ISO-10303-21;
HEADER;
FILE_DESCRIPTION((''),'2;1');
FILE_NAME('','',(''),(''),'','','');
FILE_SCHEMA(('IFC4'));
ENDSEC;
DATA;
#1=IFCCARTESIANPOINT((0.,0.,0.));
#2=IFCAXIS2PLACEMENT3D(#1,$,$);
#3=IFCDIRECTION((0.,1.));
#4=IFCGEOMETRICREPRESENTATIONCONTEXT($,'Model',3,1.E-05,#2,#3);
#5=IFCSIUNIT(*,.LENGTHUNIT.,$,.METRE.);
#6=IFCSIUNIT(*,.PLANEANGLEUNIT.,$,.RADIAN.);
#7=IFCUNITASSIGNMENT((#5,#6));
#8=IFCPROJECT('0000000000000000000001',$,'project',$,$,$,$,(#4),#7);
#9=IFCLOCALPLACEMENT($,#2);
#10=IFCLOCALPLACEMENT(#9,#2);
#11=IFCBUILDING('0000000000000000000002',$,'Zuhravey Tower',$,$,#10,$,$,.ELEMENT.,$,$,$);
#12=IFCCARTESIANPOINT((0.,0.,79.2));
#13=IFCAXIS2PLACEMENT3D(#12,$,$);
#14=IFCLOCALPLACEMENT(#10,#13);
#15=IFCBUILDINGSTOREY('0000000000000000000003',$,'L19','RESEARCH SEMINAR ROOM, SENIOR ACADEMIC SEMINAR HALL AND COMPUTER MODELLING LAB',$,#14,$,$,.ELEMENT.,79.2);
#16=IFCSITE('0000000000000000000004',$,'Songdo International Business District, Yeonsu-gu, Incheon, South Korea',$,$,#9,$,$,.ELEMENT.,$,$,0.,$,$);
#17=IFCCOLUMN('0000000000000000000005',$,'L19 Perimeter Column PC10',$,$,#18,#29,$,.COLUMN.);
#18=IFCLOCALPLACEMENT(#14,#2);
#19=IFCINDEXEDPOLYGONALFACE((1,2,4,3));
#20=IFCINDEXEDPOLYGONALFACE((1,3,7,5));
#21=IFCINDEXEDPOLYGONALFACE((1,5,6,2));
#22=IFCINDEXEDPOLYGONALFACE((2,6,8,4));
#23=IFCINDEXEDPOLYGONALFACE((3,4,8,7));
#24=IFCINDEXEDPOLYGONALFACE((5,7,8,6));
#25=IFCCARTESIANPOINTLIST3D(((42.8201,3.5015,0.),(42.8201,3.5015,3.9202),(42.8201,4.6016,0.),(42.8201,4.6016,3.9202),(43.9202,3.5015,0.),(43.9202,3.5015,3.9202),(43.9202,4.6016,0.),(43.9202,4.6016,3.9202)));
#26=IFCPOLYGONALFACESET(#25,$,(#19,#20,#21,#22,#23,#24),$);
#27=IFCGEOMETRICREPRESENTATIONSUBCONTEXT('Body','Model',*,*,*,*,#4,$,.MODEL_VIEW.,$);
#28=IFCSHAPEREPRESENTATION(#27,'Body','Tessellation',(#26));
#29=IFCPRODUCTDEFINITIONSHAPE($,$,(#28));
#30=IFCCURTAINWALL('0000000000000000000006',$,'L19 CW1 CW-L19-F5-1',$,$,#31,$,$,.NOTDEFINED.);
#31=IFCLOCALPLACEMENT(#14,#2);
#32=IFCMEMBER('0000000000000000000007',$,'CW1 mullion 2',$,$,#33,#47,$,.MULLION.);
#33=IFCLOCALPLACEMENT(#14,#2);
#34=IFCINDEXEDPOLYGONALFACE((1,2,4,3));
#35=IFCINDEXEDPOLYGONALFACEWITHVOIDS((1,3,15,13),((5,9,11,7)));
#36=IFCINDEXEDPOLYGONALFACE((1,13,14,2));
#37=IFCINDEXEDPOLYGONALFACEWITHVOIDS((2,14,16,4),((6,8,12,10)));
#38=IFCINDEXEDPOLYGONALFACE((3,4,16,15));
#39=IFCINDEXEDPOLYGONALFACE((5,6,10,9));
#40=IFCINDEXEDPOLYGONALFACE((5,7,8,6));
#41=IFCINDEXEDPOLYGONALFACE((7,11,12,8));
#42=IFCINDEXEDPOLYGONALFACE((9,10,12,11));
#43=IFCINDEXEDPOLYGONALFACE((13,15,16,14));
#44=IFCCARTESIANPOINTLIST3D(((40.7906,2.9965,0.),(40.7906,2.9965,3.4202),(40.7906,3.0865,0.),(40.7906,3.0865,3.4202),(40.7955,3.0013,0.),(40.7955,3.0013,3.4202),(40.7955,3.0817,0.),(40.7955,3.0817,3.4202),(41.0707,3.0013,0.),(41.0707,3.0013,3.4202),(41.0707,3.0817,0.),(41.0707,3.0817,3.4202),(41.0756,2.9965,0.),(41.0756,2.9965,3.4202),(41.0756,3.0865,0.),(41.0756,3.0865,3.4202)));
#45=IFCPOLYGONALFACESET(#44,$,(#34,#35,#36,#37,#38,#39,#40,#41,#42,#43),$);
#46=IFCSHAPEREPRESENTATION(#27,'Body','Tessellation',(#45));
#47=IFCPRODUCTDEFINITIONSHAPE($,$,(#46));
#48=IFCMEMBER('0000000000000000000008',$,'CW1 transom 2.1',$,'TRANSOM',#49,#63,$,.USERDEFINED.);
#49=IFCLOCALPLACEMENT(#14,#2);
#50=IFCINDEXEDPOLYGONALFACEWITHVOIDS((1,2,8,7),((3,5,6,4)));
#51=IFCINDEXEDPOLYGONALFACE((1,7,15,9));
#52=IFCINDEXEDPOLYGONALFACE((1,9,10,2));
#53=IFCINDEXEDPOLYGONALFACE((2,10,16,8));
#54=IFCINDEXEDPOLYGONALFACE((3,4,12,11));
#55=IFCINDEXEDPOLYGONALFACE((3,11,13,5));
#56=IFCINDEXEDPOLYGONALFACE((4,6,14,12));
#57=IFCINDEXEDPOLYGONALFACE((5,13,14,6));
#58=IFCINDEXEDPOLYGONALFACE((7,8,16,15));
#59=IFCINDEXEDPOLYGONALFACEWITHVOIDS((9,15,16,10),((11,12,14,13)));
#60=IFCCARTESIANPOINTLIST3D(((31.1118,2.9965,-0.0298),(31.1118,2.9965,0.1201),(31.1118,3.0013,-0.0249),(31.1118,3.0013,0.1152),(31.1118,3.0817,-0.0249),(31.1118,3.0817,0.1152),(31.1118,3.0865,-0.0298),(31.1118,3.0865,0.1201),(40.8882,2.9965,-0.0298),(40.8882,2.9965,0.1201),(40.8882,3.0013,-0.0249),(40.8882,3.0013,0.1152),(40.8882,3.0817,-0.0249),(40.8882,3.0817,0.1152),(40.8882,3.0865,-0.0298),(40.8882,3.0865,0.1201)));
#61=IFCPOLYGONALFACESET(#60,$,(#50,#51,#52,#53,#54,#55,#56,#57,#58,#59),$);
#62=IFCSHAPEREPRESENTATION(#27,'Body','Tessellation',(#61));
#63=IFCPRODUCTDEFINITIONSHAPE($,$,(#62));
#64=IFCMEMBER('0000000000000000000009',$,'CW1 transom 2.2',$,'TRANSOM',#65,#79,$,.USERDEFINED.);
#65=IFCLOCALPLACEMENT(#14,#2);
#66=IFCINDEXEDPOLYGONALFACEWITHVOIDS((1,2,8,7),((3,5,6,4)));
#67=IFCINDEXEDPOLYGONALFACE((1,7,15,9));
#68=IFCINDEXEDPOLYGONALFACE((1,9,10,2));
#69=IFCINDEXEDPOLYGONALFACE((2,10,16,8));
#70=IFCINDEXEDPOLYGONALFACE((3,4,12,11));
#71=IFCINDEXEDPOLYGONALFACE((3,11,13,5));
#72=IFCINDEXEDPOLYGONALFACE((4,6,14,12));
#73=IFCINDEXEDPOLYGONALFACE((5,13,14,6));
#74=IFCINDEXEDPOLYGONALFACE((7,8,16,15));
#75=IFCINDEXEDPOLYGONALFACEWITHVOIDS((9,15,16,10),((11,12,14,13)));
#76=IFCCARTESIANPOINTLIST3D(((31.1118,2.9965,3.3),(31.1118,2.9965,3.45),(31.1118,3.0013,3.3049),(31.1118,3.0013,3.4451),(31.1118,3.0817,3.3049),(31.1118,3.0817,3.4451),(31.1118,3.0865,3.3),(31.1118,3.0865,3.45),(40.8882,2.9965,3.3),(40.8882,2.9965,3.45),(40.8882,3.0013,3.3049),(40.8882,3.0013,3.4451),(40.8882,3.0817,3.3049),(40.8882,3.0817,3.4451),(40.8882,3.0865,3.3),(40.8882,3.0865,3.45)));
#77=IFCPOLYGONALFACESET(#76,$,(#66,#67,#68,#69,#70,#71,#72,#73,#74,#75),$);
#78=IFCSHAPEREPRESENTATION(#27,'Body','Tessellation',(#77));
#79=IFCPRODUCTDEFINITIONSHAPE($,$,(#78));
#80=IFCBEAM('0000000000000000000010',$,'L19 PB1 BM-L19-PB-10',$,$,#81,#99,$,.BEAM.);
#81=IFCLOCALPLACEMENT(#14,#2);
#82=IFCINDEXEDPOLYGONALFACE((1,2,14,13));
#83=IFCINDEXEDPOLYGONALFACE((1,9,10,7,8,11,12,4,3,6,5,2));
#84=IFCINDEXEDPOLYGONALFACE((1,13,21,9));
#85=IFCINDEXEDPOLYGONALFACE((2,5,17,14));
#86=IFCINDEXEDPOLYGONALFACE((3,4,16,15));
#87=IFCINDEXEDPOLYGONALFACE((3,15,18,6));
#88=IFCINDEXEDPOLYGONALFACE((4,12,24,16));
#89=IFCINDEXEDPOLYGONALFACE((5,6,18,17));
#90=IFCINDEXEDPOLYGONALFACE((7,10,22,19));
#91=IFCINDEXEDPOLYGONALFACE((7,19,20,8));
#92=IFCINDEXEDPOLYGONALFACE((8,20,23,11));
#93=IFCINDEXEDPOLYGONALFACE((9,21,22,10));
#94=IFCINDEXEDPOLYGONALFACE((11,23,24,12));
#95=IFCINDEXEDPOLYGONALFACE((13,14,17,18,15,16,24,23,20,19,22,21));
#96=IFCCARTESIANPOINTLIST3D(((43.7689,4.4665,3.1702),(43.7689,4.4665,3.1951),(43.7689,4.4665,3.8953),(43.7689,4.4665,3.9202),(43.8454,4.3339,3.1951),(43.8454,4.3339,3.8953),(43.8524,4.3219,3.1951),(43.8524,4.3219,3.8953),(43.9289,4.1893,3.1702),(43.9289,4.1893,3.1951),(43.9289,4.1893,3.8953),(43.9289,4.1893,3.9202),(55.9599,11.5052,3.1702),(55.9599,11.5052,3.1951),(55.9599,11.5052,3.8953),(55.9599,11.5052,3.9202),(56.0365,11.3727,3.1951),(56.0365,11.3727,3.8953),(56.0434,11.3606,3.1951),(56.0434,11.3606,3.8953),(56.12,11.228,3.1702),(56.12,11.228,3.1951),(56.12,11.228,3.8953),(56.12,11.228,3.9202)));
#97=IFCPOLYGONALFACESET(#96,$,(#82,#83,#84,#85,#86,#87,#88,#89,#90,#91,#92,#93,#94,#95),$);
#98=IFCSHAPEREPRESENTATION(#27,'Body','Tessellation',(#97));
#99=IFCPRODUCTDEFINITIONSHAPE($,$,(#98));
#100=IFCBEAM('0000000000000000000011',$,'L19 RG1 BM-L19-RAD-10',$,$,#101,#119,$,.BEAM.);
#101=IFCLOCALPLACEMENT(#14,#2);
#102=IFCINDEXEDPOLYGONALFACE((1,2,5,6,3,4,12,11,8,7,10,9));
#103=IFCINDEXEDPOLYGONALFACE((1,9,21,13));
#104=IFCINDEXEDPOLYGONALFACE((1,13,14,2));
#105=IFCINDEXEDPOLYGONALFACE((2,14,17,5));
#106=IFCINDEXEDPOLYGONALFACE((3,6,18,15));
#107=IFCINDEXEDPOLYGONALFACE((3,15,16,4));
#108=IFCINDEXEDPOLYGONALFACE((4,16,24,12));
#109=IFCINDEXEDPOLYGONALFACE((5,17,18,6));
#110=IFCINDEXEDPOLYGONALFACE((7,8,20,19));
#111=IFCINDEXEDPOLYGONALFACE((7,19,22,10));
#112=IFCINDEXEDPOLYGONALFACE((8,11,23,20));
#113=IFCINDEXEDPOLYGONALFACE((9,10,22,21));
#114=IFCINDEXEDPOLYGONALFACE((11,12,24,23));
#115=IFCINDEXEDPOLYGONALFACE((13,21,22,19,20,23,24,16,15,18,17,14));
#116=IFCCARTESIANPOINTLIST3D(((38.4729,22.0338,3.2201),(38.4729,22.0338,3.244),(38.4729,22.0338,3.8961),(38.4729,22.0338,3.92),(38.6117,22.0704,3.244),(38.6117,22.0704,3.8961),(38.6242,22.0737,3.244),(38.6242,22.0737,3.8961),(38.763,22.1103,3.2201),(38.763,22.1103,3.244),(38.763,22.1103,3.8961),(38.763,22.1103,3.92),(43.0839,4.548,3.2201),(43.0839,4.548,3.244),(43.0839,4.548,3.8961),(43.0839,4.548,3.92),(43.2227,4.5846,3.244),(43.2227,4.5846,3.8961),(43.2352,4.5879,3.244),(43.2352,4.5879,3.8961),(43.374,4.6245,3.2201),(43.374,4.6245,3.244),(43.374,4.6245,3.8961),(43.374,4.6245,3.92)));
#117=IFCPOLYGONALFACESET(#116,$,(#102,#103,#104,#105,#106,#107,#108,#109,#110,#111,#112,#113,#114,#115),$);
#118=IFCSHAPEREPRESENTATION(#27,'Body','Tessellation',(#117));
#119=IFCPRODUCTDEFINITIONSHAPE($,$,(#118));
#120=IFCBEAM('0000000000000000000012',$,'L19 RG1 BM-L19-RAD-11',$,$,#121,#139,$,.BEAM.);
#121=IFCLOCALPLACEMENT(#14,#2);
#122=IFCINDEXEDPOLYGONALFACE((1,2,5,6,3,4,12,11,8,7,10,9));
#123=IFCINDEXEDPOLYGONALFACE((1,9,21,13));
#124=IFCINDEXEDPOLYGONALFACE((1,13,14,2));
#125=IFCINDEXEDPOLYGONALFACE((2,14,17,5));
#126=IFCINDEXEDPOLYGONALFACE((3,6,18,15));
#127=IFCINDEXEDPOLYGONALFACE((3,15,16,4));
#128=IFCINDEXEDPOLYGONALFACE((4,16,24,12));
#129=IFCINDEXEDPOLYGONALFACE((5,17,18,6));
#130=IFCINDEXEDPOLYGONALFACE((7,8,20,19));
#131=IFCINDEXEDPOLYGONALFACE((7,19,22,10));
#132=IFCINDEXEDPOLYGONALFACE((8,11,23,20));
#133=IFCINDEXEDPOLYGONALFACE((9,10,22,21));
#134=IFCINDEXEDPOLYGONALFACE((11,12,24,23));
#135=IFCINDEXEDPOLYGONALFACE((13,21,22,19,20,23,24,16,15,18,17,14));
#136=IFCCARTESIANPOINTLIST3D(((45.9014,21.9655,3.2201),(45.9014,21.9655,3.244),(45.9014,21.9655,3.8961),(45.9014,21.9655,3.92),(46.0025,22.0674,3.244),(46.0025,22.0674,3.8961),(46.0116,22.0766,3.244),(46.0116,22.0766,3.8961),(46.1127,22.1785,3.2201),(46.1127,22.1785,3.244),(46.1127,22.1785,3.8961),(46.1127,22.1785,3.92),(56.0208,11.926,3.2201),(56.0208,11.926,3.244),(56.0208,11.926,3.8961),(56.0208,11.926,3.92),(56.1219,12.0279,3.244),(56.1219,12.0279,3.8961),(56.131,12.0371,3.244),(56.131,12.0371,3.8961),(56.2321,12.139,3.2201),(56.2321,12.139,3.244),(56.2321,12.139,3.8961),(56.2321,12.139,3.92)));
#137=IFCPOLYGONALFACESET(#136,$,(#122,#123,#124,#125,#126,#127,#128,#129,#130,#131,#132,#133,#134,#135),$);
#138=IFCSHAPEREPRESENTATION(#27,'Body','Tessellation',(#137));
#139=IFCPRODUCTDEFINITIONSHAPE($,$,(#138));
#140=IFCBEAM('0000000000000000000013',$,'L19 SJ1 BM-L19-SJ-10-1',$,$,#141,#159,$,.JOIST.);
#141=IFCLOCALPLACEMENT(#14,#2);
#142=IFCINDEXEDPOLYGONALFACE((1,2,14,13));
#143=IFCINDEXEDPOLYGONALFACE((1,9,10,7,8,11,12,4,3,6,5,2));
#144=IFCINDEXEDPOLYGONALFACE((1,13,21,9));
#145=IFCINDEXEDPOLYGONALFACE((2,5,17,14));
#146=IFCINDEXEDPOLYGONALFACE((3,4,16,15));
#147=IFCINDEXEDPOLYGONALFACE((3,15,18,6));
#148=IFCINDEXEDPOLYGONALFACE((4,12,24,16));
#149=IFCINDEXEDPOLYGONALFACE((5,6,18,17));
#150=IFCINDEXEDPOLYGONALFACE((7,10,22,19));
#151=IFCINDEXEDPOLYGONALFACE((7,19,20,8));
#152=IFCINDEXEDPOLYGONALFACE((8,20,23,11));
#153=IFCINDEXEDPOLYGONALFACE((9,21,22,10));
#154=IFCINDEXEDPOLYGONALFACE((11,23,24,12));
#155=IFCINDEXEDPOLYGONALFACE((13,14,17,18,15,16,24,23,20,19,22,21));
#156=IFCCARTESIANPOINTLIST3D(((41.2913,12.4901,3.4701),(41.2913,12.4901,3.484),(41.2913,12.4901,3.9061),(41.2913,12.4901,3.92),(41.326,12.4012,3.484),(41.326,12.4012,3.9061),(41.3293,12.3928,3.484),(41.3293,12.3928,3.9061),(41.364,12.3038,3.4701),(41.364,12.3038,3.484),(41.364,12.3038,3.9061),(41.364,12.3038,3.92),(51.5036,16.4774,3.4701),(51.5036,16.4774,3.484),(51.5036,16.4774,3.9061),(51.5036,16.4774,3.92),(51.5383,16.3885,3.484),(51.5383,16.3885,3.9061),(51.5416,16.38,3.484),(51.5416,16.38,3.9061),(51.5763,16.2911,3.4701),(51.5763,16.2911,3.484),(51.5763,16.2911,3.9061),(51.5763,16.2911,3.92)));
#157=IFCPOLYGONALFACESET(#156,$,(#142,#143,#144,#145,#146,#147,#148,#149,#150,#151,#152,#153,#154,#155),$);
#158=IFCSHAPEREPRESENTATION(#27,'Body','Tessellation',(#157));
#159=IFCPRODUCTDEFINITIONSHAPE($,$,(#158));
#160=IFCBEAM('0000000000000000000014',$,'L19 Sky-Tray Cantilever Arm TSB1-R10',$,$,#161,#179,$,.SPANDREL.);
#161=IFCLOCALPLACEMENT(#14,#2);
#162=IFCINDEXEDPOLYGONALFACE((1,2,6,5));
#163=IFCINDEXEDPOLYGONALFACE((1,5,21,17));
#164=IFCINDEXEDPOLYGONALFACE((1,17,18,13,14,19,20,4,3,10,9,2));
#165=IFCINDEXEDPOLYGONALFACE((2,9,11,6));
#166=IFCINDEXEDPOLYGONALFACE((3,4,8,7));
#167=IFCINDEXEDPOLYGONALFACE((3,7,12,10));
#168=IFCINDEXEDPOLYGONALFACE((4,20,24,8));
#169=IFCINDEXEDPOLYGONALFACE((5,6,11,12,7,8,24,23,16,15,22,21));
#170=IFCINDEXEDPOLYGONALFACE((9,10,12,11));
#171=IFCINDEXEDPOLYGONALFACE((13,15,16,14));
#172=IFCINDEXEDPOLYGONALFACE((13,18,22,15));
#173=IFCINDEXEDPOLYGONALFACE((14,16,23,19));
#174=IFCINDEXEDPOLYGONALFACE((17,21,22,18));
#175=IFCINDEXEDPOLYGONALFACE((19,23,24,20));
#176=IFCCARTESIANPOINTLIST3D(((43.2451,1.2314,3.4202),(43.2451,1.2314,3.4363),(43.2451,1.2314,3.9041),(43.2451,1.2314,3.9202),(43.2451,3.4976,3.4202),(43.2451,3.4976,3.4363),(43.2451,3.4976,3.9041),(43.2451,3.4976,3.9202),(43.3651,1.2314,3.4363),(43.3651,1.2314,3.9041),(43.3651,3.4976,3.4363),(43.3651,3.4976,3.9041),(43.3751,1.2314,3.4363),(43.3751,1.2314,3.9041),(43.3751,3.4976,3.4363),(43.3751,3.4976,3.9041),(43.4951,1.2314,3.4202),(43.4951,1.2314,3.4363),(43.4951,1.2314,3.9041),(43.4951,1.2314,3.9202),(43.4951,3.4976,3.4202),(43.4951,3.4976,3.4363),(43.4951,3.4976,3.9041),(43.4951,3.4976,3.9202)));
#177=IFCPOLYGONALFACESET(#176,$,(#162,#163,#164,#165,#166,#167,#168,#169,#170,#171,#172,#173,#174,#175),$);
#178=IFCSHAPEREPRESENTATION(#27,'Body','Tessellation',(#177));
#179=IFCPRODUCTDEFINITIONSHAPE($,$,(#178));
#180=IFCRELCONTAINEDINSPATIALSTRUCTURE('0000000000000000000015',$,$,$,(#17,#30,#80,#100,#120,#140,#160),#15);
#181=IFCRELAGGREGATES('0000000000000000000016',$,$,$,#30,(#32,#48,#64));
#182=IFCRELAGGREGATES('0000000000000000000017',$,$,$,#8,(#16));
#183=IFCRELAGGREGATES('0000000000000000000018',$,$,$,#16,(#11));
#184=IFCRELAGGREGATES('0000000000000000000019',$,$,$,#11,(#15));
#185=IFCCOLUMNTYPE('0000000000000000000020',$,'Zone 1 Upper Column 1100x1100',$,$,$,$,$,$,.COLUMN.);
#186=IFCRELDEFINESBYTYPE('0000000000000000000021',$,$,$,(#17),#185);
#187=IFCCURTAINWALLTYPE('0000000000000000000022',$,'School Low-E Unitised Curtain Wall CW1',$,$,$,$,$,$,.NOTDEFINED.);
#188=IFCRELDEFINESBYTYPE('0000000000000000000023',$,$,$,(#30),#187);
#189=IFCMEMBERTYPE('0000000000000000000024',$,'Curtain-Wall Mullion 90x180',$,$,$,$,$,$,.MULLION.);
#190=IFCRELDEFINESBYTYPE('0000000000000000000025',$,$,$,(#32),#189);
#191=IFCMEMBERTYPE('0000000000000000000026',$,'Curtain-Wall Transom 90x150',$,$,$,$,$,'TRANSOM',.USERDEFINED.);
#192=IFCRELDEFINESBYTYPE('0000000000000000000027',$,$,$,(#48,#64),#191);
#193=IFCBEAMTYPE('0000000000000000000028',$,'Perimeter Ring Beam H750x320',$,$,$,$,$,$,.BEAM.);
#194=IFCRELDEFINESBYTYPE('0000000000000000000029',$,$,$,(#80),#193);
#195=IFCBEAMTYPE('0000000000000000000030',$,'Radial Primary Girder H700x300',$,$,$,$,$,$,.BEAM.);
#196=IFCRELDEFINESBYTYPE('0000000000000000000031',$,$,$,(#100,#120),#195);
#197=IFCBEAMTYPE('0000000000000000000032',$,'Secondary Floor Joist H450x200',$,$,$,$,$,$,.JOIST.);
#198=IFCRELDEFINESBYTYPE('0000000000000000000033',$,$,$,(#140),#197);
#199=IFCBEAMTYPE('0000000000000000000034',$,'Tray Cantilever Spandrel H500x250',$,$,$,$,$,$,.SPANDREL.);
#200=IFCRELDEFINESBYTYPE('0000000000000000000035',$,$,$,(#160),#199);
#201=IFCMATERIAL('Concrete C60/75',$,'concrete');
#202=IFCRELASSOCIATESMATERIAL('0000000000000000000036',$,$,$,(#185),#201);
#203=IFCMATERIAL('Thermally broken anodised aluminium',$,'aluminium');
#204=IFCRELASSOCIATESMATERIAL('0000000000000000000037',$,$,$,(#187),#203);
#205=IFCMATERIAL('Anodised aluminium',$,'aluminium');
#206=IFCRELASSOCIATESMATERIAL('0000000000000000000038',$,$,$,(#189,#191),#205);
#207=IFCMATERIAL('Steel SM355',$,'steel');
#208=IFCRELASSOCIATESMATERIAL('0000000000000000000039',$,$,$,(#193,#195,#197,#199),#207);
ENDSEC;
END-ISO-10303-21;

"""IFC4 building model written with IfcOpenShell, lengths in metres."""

from ifc_helpers import new_model, si_unit, direction, frame, origin, origin_2d, place, context, subcontext, project, spatial, rectangle, hollow_rectangle, i_section, extrude, material, material_profile, profile_set, type_object, element, aggregate, save


model = new_model("IFC4")

# Units and contexts
model_context = context("Model", 3, precision=1e-05, world=origin(), true_north=direction((0.0, 1.0)))
body_context = subcontext(model_context, "Body", "Model", "MODEL_VIEW")
ifc_project = project(units=[si_unit("LENGTHUNIT", "METRE"), si_unit("PLANEANGLEUNIT", "RADIAN")], contexts=[model_context])

# Site, building, storey
site_placement = place(None, origin())
site = spatial("IfcSite", under=ifc_project, at=site_placement, Name="Songdo International Business District, Yeonsu-gu, Incheon, South Korea", CompositionType="ELEMENT", RefElevation=0.0)
building_placement = place(site_placement, origin())
building = spatial("IfcBuilding", under=site, at=building_placement, Name="Zuhravey Tower", CompositionType="ELEMENT")
storey_placement = place(building_placement, frame((0.0, 0.0, 79.2)))
storey = spatial("IfcBuildingStorey", under=building, at=storey_placement, Name="L19", Description="RESEARCH SEMINAR ROOM, SENIOR ACADEMIC SEMINAR HALL AND COMPUTER MODELLING LAB", CompositionType="ELEMENT", Elevation=79.2)

# Column
ifc_material_1 = material(Name="Concrete C60/75", Category="concrete")
ifc_material_profile_1 = material_profile(ifc_material_1, rectangle(XDim=1.1001, YDim=1.1001, at=origin_2d()), Name="RC-1100x1100")
ifc_profile_set_1 = profile_set([ifc_material_profile_1], Name="Concrete C60/75")
column_type = type_object("IfcColumnType", Name="Zone 1 Upper Column 1100x1100", PredefinedType="COLUMN", material=ifc_profile_set_1)
column_placement = place(storey_placement, frame((43.3701, 4.0515, 0.0), z_axis=(0.0, 0.0, 1.0), x_axis=(1.0, 0.0, 0.0)))
element("IfcColumn", 1, at=column_placement, inside=storey, type_object=column_type, Name="L19 Perimeter Column PC10", PredefinedType="COLUMN", context=body_context, shape_type="SweptSolid", body=[
    extrude(rectangle(XDim=1.1001, YDim=1.1001, at=origin_2d()), origin(), (0.0, 0.0, 1.0), 3.9202),
])

# Curtain wall, members
ifc_material_2 = material(Name="Thermally broken anodised aluminium", Category="aluminium")
curtain_wall_type = type_object("IfcCurtainWallType", Name="School Low-E Unitised Curtain Wall CW1", PredefinedType="NOTDEFINED", material=ifc_material_2)
curtain_wall_placement = place(storey_placement, origin())
curtain_wall = element("IfcCurtainWall", 2, at=curtain_wall_placement, inside=storey, type_object=curtain_wall_type, Name="L19 CW1 CW-L19-F5-1", PredefinedType="NOTDEFINED")
ifc_material_3 = material(Name="Anodised aluminium", Category="aluminium")
ifc_material_profile_2 = material_profile(ifc_material_3, hollow_rectangle(XDim=0.0901, YDim=0.2849, WallThickness=0.0049, at=origin_2d()), Name="ALU-RHS-90x285x5")
ifc_profile_set_2 = profile_set([ifc_material_profile_2], Name="Anodised aluminium")
member_type_1 = type_object("IfcMemberType", Name="Curtain-Wall Mullion 90x180", PredefinedType="MULLION", material=ifc_profile_set_2)
member_1_placement = place(storey_placement, frame((40.9331, 3.0415, 0.0), z_axis=(0.0, 0.0, 1.0), x_axis=(0.0, -1.0, 0.0)))
member_1 = element("IfcMember", 3, at=member_1_placement, type_object=member_type_1, Name="CW1 mullion 2", PredefinedType="MULLION", context=body_context, shape_type="SweptSolid", body=[
    extrude(hollow_rectangle(XDim=0.0901, YDim=0.2849, WallThickness=0.0049, at=origin_2d()), origin(), (0.0, 0.0, 1.0), 3.4202),
])
ifc_material_profile_3 = material_profile(ifc_material_3, hollow_rectangle(XDim=0.0901, YDim=0.1499, WallThickness=0.0049, at=origin_2d()), Name="ALU-RHS-90x150x5")
ifc_profile_set_3 = profile_set([ifc_material_profile_3], Name="Anodised aluminium")
member_type_2 = type_object("IfcMemberType", Name="Curtain-Wall Transom 90x150", ElementType="TRANSOM", PredefinedType="USERDEFINED", material=ifc_profile_set_3)
member_2_placement = place(storey_placement, frame((40.8882, 3.0415, 0.0452), z_axis=(-1.0, 0.0, 0.0), x_axis=(0.0, -1.0, 0.0)))
member_2 = element("IfcMember", 4, at=member_2_placement, type_object=member_type_2, Name="CW1 transom 2.1", ObjectType="TRANSOM", PredefinedType="USERDEFINED", context=body_context, shape_type="SweptSolid", body=[
    extrude(hollow_rectangle(XDim=0.0901, YDim=0.1499, WallThickness=0.0049, at=origin_2d()), origin(), (0.0, 0.0, 1.0), 9.7764),
])
member_3_placement = place(storey_placement, frame((40.8882, 3.0415, 3.375), z_axis=(-1.0, 0.0, 0.0), x_axis=(0.0, -1.0, 0.0)))
member_3 = element("IfcMember", 5, at=member_3_placement, type_object=member_type_2, Name="CW1 transom 2.2", ObjectType="TRANSOM", PredefinedType="USERDEFINED", context=body_context, shape_type="SweptSolid", body=[
    extrude(hollow_rectangle(XDim=0.0901, YDim=0.1499, WallThickness=0.0049, at=origin_2d()), origin(), (0.0, 0.0, 1.0), 9.7764),
])

# Beams
ifc_material_4 = material(Name="Steel SM355", Category="steel")
ifc_material_profile_4 = material_profile(ifc_material_4, i_section(OverallWidth=0.3201, OverallDepth=0.75, WebThickness=0.0139, FlangeThickness=0.0249, at=origin_2d()), Name="H-750x320x14x25")
ifc_profile_set_4 = profile_set([ifc_material_profile_4], Name="Steel SM355")
beam_type_1 = type_object("IfcBeamType", Name="Perimeter Ring Beam H750x320", PredefinedType="BEAM", material=ifc_profile_set_4)
beam_1_placement = place(storey_placement, frame((43.8489, 4.3279, 3.5452), z_axis=(0.866018, 0.500013, 0.0), x_axis=(-0.500013, 0.866018, 0.0)))
element("IfcBeam", 6, at=beam_1_placement, inside=storey, type_object=beam_type_1, Name="L19 PB1 BM-L19-PB-10", PredefinedType="BEAM", context=body_context, shape_type="SweptSolid", body=[
    extrude(i_section(OverallWidth=0.3201, OverallDepth=0.75, WebThickness=0.0139, FlangeThickness=0.0249, at=origin_2d()), origin(), (0.0, 0.0, 1.0), 14.0771),
])
ifc_material_profile_5 = material_profile(ifc_material_4, i_section(OverallWidth=0.3, OverallDepth=0.7, WebThickness=0.0129, FlangeThickness=0.0239, at=origin_2d()), Name="H-700x300x13x24")
ifc_profile_set_5 = profile_set([ifc_material_profile_5], Name="Steel SM355")
beam_type_2 = type_object("IfcBeamType", Name="Radial Primary Girder H700x300", PredefinedType="BEAM", material=ifc_profile_set_5)
beam_2_placement = place(storey_placement, frame((38.6179, 22.072, 3.5701), z_axis=(0.254987, -0.966944, 0.0), x_axis=(0.966944, 0.254987, 0.0)))
element("IfcBeam", 7, at=beam_2_placement, inside=storey, type_object=beam_type_2, Name="L19 RG1 BM-L19-RAD-10", PredefinedType="BEAM", context=body_context, shape_type="SweptSolid", body=[
    extrude(i_section(OverallWidth=0.3, OverallDepth=0.7, WebThickness=0.0129, FlangeThickness=0.0239, at=origin_2d()), origin(), (0.0, 0.0, 1.0), 18.0835),
])
beam_3_placement = place(storey_placement, frame((46.0071, 22.072, 3.5701), z_axis=(0.709902, -0.704301, 0.0), x_axis=(0.704301, 0.709902, 0.0)))
element("IfcBeam", 8, at=beam_3_placement, inside=storey, type_object=beam_type_2, Name="L19 RG1 BM-L19-RAD-11", PredefinedType="BEAM", context=body_context, shape_type="SweptSolid", body=[
    extrude(i_section(OverallWidth=0.3, OverallDepth=0.7, WebThickness=0.0129, FlangeThickness=0.0239, at=origin_2d()), origin(), (0.0, 0.0, 1.0), 14.2546),
])
ifc_material_profile_6 = material_profile(ifc_material_4, i_section(OverallWidth=0.2, OverallDepth=0.45, WebThickness=0.009, FlangeThickness=0.0139, at=origin_2d()), Name="H-450x200x9x14")
ifc_profile_set_6 = profile_set([ifc_material_profile_6], Name="Steel SM355")
beam_type_3 = type_object("IfcBeamType", Name="Secondary Floor Joist H450x200", PredefinedType="JOIST", material=ifc_profile_set_6)
beam_4_placement = place(storey_placement, frame((41.3276, 12.397, 3.6951), z_axis=(0.931517, 0.363699, 0.0), x_axis=(-0.363699, 0.931517, 0.0)))
element("IfcBeam", 9, at=beam_4_placement, inside=storey, type_object=beam_type_3, Name="L19 SJ1 BM-L19-SJ-10-1", PredefinedType="JOIST", context=body_context, shape_type="SweptSolid", body=[
    extrude(i_section(OverallWidth=0.2, OverallDepth=0.45, WebThickness=0.009, FlangeThickness=0.0139, at=origin_2d()), origin(), (0.0, 0.0, 1.0), 10.9631),
])
ifc_material_profile_7 = material_profile(ifc_material_4, i_section(OverallWidth=0.25, OverallDepth=0.5, WebThickness=0.01, FlangeThickness=0.0161, at=origin_2d()), Name="H-500x250x10x16")
ifc_profile_set_7 = profile_set([ifc_material_profile_7], Name="Steel SM355")
beam_type_4 = type_object("IfcBeamType", Name="Tray Cantilever Spandrel H500x250", PredefinedType="SPANDREL", material=ifc_profile_set_7)
beam_5_placement = place(storey_placement, frame((43.3701, 3.4976, 3.6702), z_axis=(0.0, -1.0, 0.0), x_axis=(1.0, 0.0, 0.0)))
element("IfcBeam", 10, at=beam_5_placement, inside=storey, type_object=beam_type_4, Name="L19 Sky-Tray Cantilever Arm TSB1-R10", PredefinedType="SPANDREL", context=body_context, shape_type="SweptSolid", body=[
    extrude(i_section(OverallWidth=0.25, OverallDepth=0.5, WebThickness=0.01, FlangeThickness=0.0161, at=origin_2d()), origin(), (0.0, 0.0, 1.0), 2.2661),
])

aggregate(curtain_wall, [member_1, member_2, member_3])

save(model, "model.ifc")
